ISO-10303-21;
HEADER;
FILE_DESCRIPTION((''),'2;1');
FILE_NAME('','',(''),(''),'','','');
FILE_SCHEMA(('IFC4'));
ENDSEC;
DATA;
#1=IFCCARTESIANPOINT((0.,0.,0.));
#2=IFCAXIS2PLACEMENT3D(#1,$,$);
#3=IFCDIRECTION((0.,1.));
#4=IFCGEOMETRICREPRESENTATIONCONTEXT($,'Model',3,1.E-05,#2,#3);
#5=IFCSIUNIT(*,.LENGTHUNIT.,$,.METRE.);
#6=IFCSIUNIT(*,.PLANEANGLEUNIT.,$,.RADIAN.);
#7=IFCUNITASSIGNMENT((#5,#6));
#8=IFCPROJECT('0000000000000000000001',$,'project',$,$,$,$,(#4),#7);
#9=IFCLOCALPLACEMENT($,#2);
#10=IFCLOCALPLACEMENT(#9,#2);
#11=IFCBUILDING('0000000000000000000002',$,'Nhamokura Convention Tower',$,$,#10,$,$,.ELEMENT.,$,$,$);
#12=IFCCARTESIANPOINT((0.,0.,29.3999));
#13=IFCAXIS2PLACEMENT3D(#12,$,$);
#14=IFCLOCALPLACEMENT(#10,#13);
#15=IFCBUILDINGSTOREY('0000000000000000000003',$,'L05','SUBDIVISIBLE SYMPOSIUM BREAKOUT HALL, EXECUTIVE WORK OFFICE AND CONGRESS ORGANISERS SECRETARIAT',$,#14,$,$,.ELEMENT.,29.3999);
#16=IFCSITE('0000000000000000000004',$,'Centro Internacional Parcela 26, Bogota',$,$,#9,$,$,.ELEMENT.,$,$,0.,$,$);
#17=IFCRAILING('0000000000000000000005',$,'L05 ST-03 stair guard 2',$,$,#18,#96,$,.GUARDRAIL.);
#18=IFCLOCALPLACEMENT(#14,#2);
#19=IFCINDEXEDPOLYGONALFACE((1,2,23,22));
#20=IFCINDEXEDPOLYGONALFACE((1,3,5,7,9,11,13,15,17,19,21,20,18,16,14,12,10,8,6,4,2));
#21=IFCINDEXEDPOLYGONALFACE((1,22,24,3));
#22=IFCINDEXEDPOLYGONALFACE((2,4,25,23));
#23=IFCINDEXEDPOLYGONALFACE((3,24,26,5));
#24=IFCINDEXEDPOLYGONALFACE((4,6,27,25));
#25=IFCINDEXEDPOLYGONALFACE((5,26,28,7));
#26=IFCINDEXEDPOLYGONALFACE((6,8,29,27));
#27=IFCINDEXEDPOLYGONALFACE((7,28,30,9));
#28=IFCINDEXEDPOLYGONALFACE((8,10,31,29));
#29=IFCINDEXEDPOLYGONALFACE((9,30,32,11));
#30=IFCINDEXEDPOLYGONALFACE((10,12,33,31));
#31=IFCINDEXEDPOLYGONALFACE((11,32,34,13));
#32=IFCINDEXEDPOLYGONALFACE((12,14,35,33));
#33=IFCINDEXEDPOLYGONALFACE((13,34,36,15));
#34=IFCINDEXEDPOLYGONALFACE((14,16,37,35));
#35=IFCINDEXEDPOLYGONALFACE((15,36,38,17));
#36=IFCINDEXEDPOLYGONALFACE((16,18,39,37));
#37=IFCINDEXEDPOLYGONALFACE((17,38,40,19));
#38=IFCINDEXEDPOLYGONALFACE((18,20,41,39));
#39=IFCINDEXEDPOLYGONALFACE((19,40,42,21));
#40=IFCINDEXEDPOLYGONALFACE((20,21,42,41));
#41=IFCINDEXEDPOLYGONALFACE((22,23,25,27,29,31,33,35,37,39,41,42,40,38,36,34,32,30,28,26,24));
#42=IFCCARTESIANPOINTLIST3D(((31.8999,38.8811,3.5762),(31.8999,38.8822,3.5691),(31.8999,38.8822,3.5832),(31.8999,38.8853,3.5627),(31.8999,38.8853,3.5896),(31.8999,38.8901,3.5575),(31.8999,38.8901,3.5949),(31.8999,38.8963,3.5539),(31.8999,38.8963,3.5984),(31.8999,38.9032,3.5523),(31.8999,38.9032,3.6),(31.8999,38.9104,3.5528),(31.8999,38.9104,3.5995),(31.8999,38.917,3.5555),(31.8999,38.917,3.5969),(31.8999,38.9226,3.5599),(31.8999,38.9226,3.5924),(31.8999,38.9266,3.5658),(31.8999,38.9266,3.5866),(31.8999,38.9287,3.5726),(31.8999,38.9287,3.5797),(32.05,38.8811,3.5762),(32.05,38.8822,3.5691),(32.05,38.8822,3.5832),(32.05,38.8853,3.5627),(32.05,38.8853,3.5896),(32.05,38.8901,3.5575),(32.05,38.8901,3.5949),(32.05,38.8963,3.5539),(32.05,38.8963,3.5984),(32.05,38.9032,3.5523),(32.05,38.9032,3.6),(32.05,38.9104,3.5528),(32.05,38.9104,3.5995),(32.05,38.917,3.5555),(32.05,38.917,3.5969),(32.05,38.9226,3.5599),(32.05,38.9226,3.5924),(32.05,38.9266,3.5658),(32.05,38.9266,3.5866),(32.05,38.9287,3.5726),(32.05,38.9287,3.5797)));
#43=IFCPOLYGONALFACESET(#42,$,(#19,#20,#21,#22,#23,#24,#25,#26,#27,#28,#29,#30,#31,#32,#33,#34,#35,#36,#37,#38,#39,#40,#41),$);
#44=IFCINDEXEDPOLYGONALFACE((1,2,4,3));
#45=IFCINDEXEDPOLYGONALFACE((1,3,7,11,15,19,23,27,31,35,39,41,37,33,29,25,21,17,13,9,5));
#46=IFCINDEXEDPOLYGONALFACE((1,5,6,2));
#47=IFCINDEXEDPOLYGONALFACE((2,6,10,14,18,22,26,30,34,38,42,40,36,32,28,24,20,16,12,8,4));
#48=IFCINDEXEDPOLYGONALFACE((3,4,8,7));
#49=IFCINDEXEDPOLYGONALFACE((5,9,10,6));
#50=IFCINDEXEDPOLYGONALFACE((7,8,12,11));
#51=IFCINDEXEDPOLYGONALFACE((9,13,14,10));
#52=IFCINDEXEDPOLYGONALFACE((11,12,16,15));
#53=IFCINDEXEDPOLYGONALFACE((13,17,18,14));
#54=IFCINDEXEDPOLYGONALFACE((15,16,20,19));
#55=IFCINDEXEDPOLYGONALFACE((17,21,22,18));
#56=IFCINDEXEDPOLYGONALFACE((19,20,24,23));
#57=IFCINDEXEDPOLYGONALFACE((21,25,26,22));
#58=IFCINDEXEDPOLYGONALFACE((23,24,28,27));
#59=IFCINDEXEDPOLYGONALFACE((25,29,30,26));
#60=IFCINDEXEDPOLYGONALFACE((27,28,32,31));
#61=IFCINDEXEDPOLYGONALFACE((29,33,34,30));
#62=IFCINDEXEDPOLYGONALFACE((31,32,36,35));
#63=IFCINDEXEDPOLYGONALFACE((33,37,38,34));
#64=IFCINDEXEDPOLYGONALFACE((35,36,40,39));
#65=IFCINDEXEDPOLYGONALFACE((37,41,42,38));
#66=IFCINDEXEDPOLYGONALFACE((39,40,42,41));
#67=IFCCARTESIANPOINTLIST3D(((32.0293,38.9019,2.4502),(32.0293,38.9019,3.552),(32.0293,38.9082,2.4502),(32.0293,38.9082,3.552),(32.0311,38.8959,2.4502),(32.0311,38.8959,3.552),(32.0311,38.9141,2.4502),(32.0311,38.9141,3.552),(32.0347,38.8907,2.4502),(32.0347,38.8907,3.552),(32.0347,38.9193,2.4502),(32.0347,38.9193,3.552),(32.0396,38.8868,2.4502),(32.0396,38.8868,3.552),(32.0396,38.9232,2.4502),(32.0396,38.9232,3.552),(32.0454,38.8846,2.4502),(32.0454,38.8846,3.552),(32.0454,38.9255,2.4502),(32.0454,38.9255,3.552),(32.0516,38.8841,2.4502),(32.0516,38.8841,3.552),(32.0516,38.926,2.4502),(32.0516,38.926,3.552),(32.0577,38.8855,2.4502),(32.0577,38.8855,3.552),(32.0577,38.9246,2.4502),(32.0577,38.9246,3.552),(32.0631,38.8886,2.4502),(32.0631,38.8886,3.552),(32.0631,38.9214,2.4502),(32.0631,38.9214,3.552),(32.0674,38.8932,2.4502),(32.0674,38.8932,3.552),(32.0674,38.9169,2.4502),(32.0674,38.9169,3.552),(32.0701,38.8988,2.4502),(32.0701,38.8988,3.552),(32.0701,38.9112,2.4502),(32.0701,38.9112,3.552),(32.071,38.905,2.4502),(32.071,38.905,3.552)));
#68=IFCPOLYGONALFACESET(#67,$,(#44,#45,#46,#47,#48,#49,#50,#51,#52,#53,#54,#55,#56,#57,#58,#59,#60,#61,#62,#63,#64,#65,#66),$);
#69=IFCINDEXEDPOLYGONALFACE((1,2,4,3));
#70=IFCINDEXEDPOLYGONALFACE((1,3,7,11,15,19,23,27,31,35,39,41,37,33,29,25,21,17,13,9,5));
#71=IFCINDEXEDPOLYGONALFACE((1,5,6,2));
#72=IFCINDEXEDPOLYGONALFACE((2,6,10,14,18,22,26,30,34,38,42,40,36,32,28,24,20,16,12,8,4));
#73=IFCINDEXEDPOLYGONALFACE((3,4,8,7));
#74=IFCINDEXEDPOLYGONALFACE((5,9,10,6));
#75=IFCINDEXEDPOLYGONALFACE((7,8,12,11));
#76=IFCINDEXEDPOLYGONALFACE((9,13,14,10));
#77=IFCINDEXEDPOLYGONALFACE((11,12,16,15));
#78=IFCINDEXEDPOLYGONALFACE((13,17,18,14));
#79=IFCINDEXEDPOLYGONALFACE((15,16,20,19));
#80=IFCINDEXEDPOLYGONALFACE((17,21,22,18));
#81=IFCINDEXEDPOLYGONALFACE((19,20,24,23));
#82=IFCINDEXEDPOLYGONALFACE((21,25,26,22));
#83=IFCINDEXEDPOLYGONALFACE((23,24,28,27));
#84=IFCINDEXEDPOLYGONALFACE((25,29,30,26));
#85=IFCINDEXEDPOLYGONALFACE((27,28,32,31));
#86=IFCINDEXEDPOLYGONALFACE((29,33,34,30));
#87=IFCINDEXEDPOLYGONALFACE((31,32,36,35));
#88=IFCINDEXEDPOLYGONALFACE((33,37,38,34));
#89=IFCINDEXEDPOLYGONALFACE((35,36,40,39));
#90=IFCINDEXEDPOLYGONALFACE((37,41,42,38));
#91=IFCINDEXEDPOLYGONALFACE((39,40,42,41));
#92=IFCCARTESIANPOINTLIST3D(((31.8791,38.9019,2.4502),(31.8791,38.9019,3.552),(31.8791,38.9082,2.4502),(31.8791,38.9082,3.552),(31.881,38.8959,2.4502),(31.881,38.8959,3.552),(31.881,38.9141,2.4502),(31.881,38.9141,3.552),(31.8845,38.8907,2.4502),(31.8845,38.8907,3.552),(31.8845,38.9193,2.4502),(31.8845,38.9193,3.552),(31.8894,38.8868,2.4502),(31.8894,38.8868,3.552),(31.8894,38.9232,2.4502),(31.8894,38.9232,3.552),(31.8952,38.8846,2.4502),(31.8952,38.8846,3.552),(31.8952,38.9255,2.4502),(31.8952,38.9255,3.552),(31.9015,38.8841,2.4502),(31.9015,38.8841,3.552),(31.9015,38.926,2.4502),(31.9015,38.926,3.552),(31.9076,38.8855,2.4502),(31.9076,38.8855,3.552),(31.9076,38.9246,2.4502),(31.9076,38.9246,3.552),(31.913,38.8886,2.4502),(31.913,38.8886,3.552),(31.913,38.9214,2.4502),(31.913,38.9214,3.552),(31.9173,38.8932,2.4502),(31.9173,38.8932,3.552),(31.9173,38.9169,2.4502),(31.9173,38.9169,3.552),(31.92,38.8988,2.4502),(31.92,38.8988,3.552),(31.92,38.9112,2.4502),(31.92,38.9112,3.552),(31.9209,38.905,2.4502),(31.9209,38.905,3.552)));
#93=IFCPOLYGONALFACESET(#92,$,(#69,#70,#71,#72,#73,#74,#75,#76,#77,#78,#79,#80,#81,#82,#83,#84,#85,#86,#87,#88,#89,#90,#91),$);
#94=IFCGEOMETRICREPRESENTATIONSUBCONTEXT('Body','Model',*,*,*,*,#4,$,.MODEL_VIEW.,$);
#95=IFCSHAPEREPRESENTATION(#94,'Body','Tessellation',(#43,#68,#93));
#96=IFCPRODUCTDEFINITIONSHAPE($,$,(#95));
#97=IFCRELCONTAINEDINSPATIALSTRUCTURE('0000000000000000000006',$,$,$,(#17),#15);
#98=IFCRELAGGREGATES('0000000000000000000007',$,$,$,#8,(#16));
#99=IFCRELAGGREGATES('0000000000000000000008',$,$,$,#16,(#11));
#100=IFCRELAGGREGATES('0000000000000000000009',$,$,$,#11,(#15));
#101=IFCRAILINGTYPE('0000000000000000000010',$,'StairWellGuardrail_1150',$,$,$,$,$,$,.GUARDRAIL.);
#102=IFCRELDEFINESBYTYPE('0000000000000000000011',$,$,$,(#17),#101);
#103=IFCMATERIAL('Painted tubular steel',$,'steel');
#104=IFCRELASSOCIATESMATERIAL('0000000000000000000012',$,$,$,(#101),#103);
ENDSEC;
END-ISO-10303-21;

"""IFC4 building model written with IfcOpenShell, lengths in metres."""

from ifc_helpers import new_model, si_unit, direction, frame, origin, origin_2d, place, context, subcontext, project, spatial, circle, extrude, material, type_object, element, save


model = new_model("IFC4")

# Units and contexts
model_context = context("Model", 3, precision=1e-05, world=origin(), true_north=direction((0.0, 1.0)))
body_context = subcontext(model_context, "Body", "Model", "MODEL_VIEW")
ifc_project = project(units=[si_unit("LENGTHUNIT", "METRE"), si_unit("PLANEANGLEUNIT", "RADIAN")], contexts=[model_context])

# Site, building, storey
site_placement = place(None, origin())
site = spatial("IfcSite", under=ifc_project, at=site_placement, Name="Centro Internacional Parcela 26, Bogota", CompositionType="ELEMENT", RefElevation=0.0)
building_placement = place(site_placement, origin())
building = spatial("IfcBuilding", under=site, at=building_placement, Name="Nhamokura Convention Tower", CompositionType="ELEMENT")
storey_placement = place(building_placement, frame((0.0, 0.0, 29.3999)))
storey = spatial("IfcBuildingStorey", under=building, at=storey_placement, Name="L05", Description="SUBDIVISIBLE SYMPOSIUM BREAKOUT HALL, EXECUTIVE WORK OFFICE AND CONGRESS ORGANISERS SECRETARIAT", CompositionType="ELEMENT", Elevation=29.3999)

# Railing
ifc_material_1 = material(Name="Painted tubular steel", Category="steel")
railing_type = type_object("IfcRailingType", Name="StairWellGuardrail_1150", PredefinedType="GUARDRAIL", material=ifc_material_1)
railing_placement = place(storey_placement, frame((32.05, 38.905, 2.4502)))
element("IfcRailing", 1, at=railing_placement, inside=storey, type_object=railing_type, Name="L05 ST-03 stair guard 2", PredefinedType="GUARDRAIL", context=body_context, shape_type="SweptSolid", body=[
    extrude(circle(Radius=0.0239, at=origin_2d()), frame((0.0, 0.0, 1.126), z_axis=(-1.0, 0.0, 0.0), x_axis=(0.0, -1.0, 0.0)), (0.0, 0.0, 1.0), 0.1501),
    extrude(circle(Radius=0.021, at=origin_2d()), origin(), (0.0, 0.0, 1.0), 1.1018),
    extrude(circle(Radius=0.021, at=origin_2d()), frame((-0.1501, 0.0, 0.0)), (0.0, 0.0, 1.0), 1.1018),
])

save(model, "model.ifc")
